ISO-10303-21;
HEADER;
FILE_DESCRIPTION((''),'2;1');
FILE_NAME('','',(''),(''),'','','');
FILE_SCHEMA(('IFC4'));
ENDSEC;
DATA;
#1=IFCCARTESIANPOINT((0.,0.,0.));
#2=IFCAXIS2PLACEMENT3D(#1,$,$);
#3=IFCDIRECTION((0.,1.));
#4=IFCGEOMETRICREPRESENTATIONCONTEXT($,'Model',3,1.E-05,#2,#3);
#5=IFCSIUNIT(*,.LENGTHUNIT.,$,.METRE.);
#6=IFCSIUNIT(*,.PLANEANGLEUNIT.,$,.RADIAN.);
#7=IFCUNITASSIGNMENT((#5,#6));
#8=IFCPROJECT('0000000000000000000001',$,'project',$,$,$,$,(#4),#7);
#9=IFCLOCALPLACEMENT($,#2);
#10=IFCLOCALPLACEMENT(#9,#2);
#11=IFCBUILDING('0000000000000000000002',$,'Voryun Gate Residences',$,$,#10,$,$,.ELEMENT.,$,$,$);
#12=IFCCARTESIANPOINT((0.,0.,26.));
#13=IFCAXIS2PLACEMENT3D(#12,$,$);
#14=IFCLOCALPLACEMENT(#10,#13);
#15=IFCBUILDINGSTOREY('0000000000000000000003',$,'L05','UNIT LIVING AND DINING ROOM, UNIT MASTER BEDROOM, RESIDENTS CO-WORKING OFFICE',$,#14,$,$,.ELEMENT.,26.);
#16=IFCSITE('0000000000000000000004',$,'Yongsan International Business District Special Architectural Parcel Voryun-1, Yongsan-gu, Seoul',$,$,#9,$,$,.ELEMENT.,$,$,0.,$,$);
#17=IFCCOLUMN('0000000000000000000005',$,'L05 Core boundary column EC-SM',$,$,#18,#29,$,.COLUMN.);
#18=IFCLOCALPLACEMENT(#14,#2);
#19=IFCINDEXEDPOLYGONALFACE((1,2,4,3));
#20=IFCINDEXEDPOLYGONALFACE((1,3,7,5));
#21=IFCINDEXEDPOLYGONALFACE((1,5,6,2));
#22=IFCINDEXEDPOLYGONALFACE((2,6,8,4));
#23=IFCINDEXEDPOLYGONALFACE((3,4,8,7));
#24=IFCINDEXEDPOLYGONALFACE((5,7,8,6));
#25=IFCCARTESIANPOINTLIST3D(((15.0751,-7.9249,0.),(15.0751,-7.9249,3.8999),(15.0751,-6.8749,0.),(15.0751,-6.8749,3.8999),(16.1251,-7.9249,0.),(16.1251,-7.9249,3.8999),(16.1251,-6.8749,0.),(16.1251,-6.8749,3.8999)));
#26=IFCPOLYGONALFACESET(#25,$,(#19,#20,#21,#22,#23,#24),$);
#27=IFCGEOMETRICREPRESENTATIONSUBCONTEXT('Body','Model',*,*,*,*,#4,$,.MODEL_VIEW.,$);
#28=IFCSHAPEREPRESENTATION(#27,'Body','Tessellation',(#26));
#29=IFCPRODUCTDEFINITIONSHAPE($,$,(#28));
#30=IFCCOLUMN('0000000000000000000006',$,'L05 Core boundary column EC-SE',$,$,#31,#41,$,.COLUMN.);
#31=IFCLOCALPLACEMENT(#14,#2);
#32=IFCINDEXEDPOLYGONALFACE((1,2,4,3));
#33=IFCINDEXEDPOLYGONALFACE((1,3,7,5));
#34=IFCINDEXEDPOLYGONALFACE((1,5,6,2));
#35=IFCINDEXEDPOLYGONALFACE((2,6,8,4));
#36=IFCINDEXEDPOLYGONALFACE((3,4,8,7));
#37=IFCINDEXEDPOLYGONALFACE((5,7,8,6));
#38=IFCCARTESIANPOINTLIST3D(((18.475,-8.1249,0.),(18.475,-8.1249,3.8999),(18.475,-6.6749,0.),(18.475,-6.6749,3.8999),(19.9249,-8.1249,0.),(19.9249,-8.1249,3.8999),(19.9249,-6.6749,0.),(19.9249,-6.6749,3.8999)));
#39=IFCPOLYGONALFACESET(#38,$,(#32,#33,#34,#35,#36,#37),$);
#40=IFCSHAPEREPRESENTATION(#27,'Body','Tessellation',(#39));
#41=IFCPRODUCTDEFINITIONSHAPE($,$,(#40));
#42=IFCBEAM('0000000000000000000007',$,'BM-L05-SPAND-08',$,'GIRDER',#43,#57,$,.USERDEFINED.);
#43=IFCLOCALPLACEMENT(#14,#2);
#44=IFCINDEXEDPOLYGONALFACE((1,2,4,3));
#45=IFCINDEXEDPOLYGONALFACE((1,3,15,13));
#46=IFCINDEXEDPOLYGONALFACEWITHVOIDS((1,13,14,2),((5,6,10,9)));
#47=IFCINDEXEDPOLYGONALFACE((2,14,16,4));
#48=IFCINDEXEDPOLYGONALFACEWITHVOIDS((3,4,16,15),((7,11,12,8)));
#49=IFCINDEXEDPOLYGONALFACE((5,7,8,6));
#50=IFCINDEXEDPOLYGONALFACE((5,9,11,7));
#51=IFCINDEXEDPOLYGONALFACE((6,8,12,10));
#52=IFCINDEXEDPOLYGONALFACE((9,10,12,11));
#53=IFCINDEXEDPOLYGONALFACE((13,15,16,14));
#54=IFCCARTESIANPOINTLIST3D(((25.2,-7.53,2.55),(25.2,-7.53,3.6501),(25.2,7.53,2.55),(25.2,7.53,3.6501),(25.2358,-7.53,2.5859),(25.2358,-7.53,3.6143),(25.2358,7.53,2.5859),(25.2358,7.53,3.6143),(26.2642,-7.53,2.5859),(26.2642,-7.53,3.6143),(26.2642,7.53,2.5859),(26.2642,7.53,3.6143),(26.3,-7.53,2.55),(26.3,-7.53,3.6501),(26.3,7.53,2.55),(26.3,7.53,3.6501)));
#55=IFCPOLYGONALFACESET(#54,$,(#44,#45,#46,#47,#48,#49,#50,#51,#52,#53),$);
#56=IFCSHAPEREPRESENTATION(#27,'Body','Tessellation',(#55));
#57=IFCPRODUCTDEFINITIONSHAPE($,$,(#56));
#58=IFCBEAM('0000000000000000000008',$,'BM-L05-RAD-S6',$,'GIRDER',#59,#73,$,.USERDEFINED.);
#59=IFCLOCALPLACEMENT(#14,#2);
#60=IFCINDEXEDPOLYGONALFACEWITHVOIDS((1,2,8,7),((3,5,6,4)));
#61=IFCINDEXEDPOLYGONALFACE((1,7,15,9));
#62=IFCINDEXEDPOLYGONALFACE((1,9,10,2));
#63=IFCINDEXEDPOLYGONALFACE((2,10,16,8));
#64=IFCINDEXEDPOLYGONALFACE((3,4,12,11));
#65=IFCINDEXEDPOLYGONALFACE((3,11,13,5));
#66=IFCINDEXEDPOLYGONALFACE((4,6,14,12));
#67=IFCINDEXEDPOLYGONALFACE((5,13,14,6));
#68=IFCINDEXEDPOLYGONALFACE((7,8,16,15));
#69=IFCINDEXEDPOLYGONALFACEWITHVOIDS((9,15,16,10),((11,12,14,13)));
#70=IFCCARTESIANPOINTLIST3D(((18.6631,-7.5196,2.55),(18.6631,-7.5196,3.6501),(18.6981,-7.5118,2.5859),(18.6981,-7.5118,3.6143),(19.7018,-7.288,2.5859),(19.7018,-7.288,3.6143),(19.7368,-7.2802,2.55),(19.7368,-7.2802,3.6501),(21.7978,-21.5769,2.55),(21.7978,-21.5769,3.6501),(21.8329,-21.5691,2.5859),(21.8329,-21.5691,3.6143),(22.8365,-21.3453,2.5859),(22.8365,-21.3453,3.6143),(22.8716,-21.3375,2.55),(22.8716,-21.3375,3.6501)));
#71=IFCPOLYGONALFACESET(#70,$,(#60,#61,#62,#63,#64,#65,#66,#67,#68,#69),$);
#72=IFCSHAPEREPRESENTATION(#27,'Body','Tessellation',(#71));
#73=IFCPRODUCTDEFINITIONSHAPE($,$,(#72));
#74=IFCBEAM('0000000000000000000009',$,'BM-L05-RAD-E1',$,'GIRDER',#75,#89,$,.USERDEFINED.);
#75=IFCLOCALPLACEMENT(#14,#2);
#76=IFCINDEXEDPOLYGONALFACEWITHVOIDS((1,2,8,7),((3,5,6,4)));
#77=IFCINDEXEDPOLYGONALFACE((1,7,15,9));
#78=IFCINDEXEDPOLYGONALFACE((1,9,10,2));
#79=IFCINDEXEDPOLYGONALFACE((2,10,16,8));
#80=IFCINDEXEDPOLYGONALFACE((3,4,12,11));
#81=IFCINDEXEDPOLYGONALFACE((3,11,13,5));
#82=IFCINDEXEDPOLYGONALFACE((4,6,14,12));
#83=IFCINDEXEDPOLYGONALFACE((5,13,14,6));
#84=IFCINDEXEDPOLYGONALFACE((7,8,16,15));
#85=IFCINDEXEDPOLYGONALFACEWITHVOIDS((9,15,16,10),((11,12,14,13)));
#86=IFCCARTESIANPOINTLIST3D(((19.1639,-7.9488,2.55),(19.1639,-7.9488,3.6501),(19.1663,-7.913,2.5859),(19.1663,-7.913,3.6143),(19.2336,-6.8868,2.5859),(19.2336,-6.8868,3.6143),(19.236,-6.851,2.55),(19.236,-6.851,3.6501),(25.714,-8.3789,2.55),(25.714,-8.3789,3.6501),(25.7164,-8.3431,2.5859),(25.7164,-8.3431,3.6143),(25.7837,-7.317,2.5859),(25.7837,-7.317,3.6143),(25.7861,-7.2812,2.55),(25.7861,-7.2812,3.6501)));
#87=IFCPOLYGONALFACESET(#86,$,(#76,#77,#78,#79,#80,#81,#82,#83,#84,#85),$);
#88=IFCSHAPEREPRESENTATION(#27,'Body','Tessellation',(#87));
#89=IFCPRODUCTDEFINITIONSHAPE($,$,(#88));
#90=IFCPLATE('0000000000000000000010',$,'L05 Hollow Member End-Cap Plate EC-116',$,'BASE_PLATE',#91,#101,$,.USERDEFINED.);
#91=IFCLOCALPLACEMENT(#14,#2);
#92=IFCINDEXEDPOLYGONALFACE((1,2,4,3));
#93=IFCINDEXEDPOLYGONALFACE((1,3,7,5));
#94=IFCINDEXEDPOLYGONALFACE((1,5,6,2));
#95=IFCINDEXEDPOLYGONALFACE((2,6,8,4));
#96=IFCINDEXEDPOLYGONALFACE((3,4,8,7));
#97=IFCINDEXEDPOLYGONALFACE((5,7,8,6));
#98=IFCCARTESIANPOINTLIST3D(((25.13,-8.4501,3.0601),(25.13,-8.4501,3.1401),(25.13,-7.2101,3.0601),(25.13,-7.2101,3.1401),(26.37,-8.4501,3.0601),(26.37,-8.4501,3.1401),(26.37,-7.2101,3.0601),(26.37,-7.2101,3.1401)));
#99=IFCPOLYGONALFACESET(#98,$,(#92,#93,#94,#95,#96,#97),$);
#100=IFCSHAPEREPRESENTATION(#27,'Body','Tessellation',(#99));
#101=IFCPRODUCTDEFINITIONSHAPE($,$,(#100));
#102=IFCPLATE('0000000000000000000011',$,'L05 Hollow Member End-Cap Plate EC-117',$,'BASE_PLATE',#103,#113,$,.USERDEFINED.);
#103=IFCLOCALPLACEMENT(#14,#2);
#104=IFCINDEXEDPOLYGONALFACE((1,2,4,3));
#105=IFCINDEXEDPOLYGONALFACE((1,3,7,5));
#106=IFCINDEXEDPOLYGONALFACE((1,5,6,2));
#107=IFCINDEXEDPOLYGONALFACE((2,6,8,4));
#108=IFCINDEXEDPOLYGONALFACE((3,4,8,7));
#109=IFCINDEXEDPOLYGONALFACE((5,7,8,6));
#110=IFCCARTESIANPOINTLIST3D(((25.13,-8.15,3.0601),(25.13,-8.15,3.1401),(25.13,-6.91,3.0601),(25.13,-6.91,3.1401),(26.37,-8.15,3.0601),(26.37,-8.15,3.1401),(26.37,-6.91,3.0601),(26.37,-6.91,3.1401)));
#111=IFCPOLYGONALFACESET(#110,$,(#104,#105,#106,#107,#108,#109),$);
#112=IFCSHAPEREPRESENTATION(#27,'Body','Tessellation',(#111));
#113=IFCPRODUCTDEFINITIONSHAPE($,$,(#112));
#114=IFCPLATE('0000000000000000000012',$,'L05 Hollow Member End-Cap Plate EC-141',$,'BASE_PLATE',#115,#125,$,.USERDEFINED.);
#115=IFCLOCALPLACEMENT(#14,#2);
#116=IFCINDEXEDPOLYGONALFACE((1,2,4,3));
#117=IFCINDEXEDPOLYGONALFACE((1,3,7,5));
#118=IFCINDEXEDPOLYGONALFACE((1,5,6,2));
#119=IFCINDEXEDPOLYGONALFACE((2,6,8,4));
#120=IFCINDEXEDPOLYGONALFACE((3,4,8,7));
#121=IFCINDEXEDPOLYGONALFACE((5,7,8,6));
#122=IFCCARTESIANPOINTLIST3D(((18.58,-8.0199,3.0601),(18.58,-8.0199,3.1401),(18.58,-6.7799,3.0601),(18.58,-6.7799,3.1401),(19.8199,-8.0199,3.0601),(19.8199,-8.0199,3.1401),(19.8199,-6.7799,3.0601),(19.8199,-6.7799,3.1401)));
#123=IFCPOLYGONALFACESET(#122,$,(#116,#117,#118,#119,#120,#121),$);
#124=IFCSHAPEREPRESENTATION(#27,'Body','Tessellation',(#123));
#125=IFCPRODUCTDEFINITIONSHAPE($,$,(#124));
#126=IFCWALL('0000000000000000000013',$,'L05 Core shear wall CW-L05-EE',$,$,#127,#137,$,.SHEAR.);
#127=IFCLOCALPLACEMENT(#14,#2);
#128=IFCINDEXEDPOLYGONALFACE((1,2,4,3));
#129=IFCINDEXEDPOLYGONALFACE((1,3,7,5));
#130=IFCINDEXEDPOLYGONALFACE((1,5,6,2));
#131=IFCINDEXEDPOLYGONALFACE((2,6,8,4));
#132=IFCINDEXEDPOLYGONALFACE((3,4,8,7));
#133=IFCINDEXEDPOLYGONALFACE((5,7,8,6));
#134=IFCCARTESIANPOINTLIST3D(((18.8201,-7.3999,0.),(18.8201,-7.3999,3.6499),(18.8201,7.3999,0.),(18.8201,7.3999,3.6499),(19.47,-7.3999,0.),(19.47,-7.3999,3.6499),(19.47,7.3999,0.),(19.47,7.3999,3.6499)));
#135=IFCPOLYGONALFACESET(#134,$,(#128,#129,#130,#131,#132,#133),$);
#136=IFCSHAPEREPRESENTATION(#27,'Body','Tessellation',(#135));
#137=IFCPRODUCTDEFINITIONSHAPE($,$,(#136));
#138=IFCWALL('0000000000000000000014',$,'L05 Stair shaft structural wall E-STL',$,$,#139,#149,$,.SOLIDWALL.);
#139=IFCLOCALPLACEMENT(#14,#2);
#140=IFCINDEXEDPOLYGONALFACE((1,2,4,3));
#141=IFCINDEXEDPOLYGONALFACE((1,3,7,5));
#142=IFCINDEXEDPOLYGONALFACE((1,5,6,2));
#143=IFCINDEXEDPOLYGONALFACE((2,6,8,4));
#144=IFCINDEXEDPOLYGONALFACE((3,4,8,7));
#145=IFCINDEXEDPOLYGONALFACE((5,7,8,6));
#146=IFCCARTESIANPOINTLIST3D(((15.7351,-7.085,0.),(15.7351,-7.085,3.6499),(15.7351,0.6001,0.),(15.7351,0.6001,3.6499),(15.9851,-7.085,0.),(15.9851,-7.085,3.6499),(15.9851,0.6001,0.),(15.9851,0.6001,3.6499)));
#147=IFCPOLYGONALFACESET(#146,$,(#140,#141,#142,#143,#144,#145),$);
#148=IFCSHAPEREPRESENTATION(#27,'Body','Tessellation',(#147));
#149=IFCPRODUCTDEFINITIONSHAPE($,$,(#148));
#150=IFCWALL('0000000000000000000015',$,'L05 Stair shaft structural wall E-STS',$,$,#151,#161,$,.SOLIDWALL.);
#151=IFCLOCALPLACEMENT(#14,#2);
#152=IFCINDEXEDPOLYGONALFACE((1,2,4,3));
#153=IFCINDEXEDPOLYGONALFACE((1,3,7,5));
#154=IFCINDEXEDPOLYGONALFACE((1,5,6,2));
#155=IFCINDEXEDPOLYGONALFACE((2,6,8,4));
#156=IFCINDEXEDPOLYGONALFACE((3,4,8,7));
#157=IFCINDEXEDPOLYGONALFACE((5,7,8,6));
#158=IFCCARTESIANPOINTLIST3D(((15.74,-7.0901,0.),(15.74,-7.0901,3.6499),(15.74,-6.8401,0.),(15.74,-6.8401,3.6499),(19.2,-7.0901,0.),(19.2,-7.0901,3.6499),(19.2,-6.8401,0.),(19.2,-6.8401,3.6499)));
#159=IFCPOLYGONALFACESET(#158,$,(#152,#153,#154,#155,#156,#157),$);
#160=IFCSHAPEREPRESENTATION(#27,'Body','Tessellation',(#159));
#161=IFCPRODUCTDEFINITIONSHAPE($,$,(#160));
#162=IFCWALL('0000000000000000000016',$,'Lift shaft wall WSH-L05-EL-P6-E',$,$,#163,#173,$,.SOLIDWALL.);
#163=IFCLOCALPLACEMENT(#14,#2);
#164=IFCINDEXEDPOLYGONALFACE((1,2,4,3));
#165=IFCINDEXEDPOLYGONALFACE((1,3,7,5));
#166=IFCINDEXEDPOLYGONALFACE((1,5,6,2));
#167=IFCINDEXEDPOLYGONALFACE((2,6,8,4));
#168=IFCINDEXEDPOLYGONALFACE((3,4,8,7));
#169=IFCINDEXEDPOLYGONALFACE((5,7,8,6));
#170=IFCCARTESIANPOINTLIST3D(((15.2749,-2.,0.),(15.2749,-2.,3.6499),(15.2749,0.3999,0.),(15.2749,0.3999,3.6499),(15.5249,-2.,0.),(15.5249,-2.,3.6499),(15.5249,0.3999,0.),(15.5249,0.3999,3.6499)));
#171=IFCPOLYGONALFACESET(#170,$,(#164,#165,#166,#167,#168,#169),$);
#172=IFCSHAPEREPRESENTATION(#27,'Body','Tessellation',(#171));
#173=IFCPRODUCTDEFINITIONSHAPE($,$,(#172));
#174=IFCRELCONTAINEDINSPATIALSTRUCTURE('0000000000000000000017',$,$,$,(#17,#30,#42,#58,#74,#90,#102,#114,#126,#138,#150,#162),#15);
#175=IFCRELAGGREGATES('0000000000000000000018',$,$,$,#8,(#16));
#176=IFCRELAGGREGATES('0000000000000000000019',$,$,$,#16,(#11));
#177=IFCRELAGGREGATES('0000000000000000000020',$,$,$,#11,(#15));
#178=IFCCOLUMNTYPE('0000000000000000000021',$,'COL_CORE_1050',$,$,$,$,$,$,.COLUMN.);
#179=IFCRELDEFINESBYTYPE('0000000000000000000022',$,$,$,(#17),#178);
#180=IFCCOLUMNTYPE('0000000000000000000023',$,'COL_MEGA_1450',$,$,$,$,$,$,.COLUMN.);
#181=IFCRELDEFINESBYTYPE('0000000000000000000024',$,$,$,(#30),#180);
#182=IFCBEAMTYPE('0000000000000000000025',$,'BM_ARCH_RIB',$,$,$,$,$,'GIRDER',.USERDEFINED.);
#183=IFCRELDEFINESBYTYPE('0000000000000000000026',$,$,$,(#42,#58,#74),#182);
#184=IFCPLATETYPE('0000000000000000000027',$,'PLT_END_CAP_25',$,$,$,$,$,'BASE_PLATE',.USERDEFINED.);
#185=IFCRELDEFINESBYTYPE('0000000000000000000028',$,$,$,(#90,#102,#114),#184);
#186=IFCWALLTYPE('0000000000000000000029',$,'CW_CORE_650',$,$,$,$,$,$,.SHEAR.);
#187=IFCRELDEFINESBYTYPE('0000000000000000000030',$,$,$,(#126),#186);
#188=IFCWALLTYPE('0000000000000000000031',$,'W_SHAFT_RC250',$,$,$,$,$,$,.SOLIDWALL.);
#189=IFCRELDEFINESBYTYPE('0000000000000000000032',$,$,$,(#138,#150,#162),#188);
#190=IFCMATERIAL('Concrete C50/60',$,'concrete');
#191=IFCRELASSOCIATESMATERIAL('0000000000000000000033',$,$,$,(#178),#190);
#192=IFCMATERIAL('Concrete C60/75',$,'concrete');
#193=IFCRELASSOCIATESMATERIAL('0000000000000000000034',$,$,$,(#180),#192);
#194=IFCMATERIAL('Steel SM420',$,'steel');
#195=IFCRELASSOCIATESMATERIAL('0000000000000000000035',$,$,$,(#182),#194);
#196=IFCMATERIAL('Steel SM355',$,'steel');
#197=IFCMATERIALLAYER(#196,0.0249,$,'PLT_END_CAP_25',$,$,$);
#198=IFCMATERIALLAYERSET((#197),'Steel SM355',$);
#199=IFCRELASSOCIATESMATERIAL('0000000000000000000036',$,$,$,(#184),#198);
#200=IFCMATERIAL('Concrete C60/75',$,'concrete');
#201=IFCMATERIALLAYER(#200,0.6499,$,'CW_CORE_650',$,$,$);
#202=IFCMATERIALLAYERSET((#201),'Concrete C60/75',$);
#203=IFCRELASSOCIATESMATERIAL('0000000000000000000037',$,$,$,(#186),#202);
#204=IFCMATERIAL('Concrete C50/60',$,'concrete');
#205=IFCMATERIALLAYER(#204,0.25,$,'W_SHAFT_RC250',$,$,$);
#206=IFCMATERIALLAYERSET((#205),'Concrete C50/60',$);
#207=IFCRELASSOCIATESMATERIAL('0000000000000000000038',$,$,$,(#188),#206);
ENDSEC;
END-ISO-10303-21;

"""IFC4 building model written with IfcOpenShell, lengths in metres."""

from ifc_helpers import new_model, si_unit, direction, frame, frame_2d, origin, origin_2d, place, context, subcontext, project, spatial, rectangle, hollow_rectangle, extrude, material, layer, layer_set, material_profile, profile_set, type_object, element, save


model = new_model("IFC4")

# Units and contexts
model_context = context("Model", 3, precision=1e-05, world=origin(), true_north=direction((0.0, 1.0)))
body_context = subcontext(model_context, "Body", "Model", "MODEL_VIEW")
ifc_project = project(units=[si_unit("LENGTHUNIT", "METRE"), si_unit("PLANEANGLEUNIT", "RADIAN")], contexts=[model_context])

# Site, building, storey
site_placement = place(None, origin())
site = spatial("IfcSite", under=ifc_project, at=site_placement, Name="Yongsan International Business District Special Architectural Parcel Voryun-1, Yongsan-gu, Seoul", CompositionType="ELEMENT", RefElevation=0.0)
building_placement = place(site_placement, origin())
building = spatial("IfcBuilding", under=site, at=building_placement, Name="Voryun Gate Residences", CompositionType="ELEMENT")
storey_placement = place(building_placement, frame((0.0, 0.0, 26.0)))
storey = spatial("IfcBuildingStorey", under=building, at=storey_placement, Name="L05", Description="UNIT LIVING AND DINING ROOM, UNIT MASTER BEDROOM, RESIDENTS CO-WORKING OFFICE", CompositionType="ELEMENT", Elevation=26.0)

# Columns
ifc_material_1 = material(Name="Concrete C50/60", Category="concrete")
ifc_material_profile_1 = material_profile(ifc_material_1, rectangle(XDim=1.05, YDim=1.05, at=origin_2d()), Name="RC-1050x1050")
ifc_profile_set_1 = profile_set([ifc_material_profile_1], Name="Concrete C50/60")
column_type_1 = type_object("IfcColumnType", Name="COL_CORE_1050", PredefinedType="COLUMN", material=ifc_profile_set_1)
column_1_placement = place(storey_placement, frame((15.6001, -7.3999, 0.0), z_axis=(0.0, 0.0, 1.0), x_axis=(1.0, 0.0, 0.0)))
element("IfcColumn", 1, at=column_1_placement, inside=storey, type_object=column_type_1, Name="L05 Core boundary column EC-SM", PredefinedType="COLUMN", context=body_context, shape_type="SweptSolid", body=[
    extrude(rectangle(XDim=1.05, YDim=1.05, at=origin_2d()), origin(), (0.0, 0.0, 1.0), 3.8999),
])
ifc_material_2 = material(Name="Concrete C60/75", Category="concrete")
ifc_material_profile_2 = material_profile(ifc_material_2, rectangle(XDim=1.45, YDim=1.45, at=origin_2d()), Name="RC-1450x1450")
ifc_profile_set_2 = profile_set([ifc_material_profile_2], Name="Concrete C60/75")
column_type_2 = type_object("IfcColumnType", Name="COL_MEGA_1450", PredefinedType="COLUMN", material=ifc_profile_set_2)
column_2_placement = place(storey_placement, frame((19.2, -7.3999, 0.0), z_axis=(0.0, 0.0, 1.0), x_axis=(1.0, 0.0, 0.0)))
element("IfcColumn", 2, at=column_2_placement, inside=storey, type_object=column_type_2, Name="L05 Core boundary column EC-SE", PredefinedType="COLUMN", context=body_context, shape_type="SweptSolid", body=[
    extrude(rectangle(XDim=1.45, YDim=1.45, at=origin_2d()), origin(), (0.0, 0.0, 1.0), 3.8999),
])

# Beams
ifc_material_3 = material(Name="Steel SM420", Category="steel")
ifc_material_profile_3 = material_profile(ifc_material_3, hollow_rectangle(XDim=1.1001, YDim=1.1001, WallThickness=0.0359, at=origin_2d()), Name="BOX-1100x1100x36")
ifc_profile_set_3 = profile_set([ifc_material_profile_3], Name="Steel SM420")
beam_type = type_object("IfcBeamType", Name="BM_ARCH_RIB", ElementType="GIRDER", PredefinedType="USERDEFINED", material=ifc_profile_set_3)
beam_1_placement = place(storey_placement, frame((25.75, -7.53, 3.1001), z_axis=(0.0, 1.0, 0.0), x_axis=(-1.0, 0.0, 0.0)))
element("IfcBeam", 3, at=beam_1_placement, inside=storey, type_object=beam_type, Name="BM-L05-SPAND-08", ObjectType="GIRDER", PredefinedType="USERDEFINED", context=body_context, shape_type="SweptSolid", body=[
    extrude(hollow_rectangle(XDim=1.1001, YDim=1.1001, WallThickness=0.0359, at=origin_2d()), origin(), (0.0, 0.0, 1.0), 15.0601),
])
beam_2_placement = place(storey_placement, frame((19.2, -7.3999, 3.1001), z_axis=(0.217652, -0.976026, 0.0), x_axis=(0.976026, 0.217652, 0.0)))
element("IfcBeam", 4, at=beam_2_placement, inside=storey, type_object=beam_type, Name="BM-L05-RAD-S6", ObjectType="GIRDER", PredefinedType="USERDEFINED", context=body_context, shape_type="SweptSolid", body=[
    extrude(hollow_rectangle(XDim=1.1001, YDim=1.1001, WallThickness=0.0359, at=origin_2d()), origin(), (0.0, 0.0, 1.0), 14.4026),
])
beam_3_placement = place(storey_placement, frame((19.2, -7.3999, 3.1001), z_axis=(0.99785, -0.065534, 0.0), x_axis=(0.065534, 0.99785, 0.0)))
element("IfcBeam", 5, at=beam_3_placement, inside=storey, type_object=beam_type, Name="BM-L05-RAD-E1", ObjectType="GIRDER", PredefinedType="USERDEFINED", context=body_context, shape_type="SweptSolid", body=[
    extrude(hollow_rectangle(XDim=1.1001, YDim=1.1001, WallThickness=0.0359, at=origin_2d()), origin(), (0.0, 0.0, 1.0), 6.5642),
])

# Plates
ifc_material_4 = material(Name="Steel SM355", Category="steel")
ifc_layer_1 = layer(ifc_material_4, 0.0249, Name="PLT_END_CAP_25")
ifc_layer_set_1 = layer_set([ifc_layer_1], Name="Steel SM355")
plate_type = type_object("IfcPlateType", Name="PLT_END_CAP_25", ElementType="BASE_PLATE", PredefinedType="USERDEFINED", material=ifc_layer_set_1)
for number, where, z_axis, x_axis, name in (
    (6, (25.75, -7.8301, 3.0601), (0.0, 0.0, 1.0), (1.0, 0.0, 0.0), "L05 Hollow Member End-Cap Plate EC-116"),
    (7, (25.75, -7.53, 3.0601), (0.0, 0.0, 1.0), (1.0, 0.0, 0.0), "L05 Hollow Member End-Cap Plate EC-117"),
    (8, (19.2, -7.3999, 3.0601), (0.0, 0.0, 1.0), (1.0, 0.0, 0.0), "L05 Hollow Member End-Cap Plate EC-141"),
):
    element("IfcPlate", number, at=place(storey_placement, frame(where, z_axis=z_axis, x_axis=x_axis)), inside=storey, type_object=plate_type, Name=name, ObjectType="BASE_PLATE", PredefinedType="USERDEFINED", context=body_context, shape_type="SweptSolid", body=[
        extrude(rectangle(XDim=1.24, YDim=1.24, at=origin_2d()), origin(), (0.0, 0.0, 1.0), 0.0801),
    ])

# Walls
ifc_material_5 = material(Name="Concrete C60/75", Category="concrete")
ifc_layer_2 = layer(ifc_material_5, 0.6499, Name="CW_CORE_650")
ifc_layer_set_2 = layer_set([ifc_layer_2], Name="Concrete C60/75")
wall_type_1 = type_object("IfcWallType", Name="CW_CORE_650", PredefinedType="SHEAR", material=ifc_layer_set_2)
wall_1_placement = place(storey_placement, frame((19.145, -7.3999, 0.0), z_axis=(0.0, 0.0, 1.0), x_axis=(0.0, 1.0, 0.0)))
element("IfcWall", 9, at=wall_1_placement, inside=storey, type_object=wall_type_1, Name="L05 Core shear wall CW-L05-EE", PredefinedType="SHEAR", context=body_context, shape_type="SweptSolid", body=[
    extrude(rectangle(XDim=14.7998, YDim=0.6499, at=frame_2d((7.3999, 0.0))), origin(), (0.0, 0.0, 1.0), 3.6499),
])
ifc_material_6 = material(Name="Concrete C50/60", Category="concrete")
ifc_layer_3 = layer(ifc_material_6, 0.25, Name="W_SHAFT_RC250")
ifc_layer_set_3 = layer_set([ifc_layer_3], Name="Concrete C50/60")
wall_type_2 = type_object("IfcWallType", Name="W_SHAFT_RC250", PredefinedType="SOLIDWALL", material=ifc_layer_set_3)
wall_2_placement = place(storey_placement, frame((15.8601, -7.085, 0.0), z_axis=(0.0, 0.0, 1.0), x_axis=(0.0, 1.0, 0.0)))
element("IfcWall", 10, at=wall_2_placement, inside=storey, type_object=wall_type_2, Name="L05 Stair shaft structural wall E-STL", PredefinedType="SOLIDWALL", context=body_context, shape_type="SweptSolid", body=[
    extrude(rectangle(XDim=7.6851, YDim=0.25, at=frame_2d((3.8425, 0.0))), origin(), (0.0, 0.0, 1.0), 3.6499),
])
wall_3_placement = place(storey_placement, frame((15.74, -6.9651, 0.0), z_axis=(0.0, 0.0, 1.0), x_axis=(1.0, 0.0, 0.0)))
element("IfcWall", 11, at=wall_3_placement, inside=storey, type_object=wall_type_2, Name="L05 Stair shaft structural wall E-STS", PredefinedType="SOLIDWALL", context=body_context, shape_type="SweptSolid", body=[
    extrude(rectangle(XDim=3.46, YDim=0.25, at=frame_2d((1.73, 0.0))), origin(), (0.0, 0.0, 1.0), 3.6499),
])
wall_4_placement = place(storey_placement, frame((15.3999, -2.0, 0.0), z_axis=(0.0, 0.0, 1.0), x_axis=(0.0, 1.0, 0.0)))
element("IfcWall", 12, at=wall_4_placement, inside=storey, type_object=wall_type_2, Name="Lift shaft wall WSH-L05-EL-P6-E", PredefinedType="SOLIDWALL", context=body_context, shape_type="SweptSolid", body=[
    extrude(rectangle(XDim=2.3999, YDim=0.25, at=frame_2d((1.2, 0.0))), origin(), (0.0, 0.0, 1.0), 3.6499),
])

save(model, "model.ifc")
